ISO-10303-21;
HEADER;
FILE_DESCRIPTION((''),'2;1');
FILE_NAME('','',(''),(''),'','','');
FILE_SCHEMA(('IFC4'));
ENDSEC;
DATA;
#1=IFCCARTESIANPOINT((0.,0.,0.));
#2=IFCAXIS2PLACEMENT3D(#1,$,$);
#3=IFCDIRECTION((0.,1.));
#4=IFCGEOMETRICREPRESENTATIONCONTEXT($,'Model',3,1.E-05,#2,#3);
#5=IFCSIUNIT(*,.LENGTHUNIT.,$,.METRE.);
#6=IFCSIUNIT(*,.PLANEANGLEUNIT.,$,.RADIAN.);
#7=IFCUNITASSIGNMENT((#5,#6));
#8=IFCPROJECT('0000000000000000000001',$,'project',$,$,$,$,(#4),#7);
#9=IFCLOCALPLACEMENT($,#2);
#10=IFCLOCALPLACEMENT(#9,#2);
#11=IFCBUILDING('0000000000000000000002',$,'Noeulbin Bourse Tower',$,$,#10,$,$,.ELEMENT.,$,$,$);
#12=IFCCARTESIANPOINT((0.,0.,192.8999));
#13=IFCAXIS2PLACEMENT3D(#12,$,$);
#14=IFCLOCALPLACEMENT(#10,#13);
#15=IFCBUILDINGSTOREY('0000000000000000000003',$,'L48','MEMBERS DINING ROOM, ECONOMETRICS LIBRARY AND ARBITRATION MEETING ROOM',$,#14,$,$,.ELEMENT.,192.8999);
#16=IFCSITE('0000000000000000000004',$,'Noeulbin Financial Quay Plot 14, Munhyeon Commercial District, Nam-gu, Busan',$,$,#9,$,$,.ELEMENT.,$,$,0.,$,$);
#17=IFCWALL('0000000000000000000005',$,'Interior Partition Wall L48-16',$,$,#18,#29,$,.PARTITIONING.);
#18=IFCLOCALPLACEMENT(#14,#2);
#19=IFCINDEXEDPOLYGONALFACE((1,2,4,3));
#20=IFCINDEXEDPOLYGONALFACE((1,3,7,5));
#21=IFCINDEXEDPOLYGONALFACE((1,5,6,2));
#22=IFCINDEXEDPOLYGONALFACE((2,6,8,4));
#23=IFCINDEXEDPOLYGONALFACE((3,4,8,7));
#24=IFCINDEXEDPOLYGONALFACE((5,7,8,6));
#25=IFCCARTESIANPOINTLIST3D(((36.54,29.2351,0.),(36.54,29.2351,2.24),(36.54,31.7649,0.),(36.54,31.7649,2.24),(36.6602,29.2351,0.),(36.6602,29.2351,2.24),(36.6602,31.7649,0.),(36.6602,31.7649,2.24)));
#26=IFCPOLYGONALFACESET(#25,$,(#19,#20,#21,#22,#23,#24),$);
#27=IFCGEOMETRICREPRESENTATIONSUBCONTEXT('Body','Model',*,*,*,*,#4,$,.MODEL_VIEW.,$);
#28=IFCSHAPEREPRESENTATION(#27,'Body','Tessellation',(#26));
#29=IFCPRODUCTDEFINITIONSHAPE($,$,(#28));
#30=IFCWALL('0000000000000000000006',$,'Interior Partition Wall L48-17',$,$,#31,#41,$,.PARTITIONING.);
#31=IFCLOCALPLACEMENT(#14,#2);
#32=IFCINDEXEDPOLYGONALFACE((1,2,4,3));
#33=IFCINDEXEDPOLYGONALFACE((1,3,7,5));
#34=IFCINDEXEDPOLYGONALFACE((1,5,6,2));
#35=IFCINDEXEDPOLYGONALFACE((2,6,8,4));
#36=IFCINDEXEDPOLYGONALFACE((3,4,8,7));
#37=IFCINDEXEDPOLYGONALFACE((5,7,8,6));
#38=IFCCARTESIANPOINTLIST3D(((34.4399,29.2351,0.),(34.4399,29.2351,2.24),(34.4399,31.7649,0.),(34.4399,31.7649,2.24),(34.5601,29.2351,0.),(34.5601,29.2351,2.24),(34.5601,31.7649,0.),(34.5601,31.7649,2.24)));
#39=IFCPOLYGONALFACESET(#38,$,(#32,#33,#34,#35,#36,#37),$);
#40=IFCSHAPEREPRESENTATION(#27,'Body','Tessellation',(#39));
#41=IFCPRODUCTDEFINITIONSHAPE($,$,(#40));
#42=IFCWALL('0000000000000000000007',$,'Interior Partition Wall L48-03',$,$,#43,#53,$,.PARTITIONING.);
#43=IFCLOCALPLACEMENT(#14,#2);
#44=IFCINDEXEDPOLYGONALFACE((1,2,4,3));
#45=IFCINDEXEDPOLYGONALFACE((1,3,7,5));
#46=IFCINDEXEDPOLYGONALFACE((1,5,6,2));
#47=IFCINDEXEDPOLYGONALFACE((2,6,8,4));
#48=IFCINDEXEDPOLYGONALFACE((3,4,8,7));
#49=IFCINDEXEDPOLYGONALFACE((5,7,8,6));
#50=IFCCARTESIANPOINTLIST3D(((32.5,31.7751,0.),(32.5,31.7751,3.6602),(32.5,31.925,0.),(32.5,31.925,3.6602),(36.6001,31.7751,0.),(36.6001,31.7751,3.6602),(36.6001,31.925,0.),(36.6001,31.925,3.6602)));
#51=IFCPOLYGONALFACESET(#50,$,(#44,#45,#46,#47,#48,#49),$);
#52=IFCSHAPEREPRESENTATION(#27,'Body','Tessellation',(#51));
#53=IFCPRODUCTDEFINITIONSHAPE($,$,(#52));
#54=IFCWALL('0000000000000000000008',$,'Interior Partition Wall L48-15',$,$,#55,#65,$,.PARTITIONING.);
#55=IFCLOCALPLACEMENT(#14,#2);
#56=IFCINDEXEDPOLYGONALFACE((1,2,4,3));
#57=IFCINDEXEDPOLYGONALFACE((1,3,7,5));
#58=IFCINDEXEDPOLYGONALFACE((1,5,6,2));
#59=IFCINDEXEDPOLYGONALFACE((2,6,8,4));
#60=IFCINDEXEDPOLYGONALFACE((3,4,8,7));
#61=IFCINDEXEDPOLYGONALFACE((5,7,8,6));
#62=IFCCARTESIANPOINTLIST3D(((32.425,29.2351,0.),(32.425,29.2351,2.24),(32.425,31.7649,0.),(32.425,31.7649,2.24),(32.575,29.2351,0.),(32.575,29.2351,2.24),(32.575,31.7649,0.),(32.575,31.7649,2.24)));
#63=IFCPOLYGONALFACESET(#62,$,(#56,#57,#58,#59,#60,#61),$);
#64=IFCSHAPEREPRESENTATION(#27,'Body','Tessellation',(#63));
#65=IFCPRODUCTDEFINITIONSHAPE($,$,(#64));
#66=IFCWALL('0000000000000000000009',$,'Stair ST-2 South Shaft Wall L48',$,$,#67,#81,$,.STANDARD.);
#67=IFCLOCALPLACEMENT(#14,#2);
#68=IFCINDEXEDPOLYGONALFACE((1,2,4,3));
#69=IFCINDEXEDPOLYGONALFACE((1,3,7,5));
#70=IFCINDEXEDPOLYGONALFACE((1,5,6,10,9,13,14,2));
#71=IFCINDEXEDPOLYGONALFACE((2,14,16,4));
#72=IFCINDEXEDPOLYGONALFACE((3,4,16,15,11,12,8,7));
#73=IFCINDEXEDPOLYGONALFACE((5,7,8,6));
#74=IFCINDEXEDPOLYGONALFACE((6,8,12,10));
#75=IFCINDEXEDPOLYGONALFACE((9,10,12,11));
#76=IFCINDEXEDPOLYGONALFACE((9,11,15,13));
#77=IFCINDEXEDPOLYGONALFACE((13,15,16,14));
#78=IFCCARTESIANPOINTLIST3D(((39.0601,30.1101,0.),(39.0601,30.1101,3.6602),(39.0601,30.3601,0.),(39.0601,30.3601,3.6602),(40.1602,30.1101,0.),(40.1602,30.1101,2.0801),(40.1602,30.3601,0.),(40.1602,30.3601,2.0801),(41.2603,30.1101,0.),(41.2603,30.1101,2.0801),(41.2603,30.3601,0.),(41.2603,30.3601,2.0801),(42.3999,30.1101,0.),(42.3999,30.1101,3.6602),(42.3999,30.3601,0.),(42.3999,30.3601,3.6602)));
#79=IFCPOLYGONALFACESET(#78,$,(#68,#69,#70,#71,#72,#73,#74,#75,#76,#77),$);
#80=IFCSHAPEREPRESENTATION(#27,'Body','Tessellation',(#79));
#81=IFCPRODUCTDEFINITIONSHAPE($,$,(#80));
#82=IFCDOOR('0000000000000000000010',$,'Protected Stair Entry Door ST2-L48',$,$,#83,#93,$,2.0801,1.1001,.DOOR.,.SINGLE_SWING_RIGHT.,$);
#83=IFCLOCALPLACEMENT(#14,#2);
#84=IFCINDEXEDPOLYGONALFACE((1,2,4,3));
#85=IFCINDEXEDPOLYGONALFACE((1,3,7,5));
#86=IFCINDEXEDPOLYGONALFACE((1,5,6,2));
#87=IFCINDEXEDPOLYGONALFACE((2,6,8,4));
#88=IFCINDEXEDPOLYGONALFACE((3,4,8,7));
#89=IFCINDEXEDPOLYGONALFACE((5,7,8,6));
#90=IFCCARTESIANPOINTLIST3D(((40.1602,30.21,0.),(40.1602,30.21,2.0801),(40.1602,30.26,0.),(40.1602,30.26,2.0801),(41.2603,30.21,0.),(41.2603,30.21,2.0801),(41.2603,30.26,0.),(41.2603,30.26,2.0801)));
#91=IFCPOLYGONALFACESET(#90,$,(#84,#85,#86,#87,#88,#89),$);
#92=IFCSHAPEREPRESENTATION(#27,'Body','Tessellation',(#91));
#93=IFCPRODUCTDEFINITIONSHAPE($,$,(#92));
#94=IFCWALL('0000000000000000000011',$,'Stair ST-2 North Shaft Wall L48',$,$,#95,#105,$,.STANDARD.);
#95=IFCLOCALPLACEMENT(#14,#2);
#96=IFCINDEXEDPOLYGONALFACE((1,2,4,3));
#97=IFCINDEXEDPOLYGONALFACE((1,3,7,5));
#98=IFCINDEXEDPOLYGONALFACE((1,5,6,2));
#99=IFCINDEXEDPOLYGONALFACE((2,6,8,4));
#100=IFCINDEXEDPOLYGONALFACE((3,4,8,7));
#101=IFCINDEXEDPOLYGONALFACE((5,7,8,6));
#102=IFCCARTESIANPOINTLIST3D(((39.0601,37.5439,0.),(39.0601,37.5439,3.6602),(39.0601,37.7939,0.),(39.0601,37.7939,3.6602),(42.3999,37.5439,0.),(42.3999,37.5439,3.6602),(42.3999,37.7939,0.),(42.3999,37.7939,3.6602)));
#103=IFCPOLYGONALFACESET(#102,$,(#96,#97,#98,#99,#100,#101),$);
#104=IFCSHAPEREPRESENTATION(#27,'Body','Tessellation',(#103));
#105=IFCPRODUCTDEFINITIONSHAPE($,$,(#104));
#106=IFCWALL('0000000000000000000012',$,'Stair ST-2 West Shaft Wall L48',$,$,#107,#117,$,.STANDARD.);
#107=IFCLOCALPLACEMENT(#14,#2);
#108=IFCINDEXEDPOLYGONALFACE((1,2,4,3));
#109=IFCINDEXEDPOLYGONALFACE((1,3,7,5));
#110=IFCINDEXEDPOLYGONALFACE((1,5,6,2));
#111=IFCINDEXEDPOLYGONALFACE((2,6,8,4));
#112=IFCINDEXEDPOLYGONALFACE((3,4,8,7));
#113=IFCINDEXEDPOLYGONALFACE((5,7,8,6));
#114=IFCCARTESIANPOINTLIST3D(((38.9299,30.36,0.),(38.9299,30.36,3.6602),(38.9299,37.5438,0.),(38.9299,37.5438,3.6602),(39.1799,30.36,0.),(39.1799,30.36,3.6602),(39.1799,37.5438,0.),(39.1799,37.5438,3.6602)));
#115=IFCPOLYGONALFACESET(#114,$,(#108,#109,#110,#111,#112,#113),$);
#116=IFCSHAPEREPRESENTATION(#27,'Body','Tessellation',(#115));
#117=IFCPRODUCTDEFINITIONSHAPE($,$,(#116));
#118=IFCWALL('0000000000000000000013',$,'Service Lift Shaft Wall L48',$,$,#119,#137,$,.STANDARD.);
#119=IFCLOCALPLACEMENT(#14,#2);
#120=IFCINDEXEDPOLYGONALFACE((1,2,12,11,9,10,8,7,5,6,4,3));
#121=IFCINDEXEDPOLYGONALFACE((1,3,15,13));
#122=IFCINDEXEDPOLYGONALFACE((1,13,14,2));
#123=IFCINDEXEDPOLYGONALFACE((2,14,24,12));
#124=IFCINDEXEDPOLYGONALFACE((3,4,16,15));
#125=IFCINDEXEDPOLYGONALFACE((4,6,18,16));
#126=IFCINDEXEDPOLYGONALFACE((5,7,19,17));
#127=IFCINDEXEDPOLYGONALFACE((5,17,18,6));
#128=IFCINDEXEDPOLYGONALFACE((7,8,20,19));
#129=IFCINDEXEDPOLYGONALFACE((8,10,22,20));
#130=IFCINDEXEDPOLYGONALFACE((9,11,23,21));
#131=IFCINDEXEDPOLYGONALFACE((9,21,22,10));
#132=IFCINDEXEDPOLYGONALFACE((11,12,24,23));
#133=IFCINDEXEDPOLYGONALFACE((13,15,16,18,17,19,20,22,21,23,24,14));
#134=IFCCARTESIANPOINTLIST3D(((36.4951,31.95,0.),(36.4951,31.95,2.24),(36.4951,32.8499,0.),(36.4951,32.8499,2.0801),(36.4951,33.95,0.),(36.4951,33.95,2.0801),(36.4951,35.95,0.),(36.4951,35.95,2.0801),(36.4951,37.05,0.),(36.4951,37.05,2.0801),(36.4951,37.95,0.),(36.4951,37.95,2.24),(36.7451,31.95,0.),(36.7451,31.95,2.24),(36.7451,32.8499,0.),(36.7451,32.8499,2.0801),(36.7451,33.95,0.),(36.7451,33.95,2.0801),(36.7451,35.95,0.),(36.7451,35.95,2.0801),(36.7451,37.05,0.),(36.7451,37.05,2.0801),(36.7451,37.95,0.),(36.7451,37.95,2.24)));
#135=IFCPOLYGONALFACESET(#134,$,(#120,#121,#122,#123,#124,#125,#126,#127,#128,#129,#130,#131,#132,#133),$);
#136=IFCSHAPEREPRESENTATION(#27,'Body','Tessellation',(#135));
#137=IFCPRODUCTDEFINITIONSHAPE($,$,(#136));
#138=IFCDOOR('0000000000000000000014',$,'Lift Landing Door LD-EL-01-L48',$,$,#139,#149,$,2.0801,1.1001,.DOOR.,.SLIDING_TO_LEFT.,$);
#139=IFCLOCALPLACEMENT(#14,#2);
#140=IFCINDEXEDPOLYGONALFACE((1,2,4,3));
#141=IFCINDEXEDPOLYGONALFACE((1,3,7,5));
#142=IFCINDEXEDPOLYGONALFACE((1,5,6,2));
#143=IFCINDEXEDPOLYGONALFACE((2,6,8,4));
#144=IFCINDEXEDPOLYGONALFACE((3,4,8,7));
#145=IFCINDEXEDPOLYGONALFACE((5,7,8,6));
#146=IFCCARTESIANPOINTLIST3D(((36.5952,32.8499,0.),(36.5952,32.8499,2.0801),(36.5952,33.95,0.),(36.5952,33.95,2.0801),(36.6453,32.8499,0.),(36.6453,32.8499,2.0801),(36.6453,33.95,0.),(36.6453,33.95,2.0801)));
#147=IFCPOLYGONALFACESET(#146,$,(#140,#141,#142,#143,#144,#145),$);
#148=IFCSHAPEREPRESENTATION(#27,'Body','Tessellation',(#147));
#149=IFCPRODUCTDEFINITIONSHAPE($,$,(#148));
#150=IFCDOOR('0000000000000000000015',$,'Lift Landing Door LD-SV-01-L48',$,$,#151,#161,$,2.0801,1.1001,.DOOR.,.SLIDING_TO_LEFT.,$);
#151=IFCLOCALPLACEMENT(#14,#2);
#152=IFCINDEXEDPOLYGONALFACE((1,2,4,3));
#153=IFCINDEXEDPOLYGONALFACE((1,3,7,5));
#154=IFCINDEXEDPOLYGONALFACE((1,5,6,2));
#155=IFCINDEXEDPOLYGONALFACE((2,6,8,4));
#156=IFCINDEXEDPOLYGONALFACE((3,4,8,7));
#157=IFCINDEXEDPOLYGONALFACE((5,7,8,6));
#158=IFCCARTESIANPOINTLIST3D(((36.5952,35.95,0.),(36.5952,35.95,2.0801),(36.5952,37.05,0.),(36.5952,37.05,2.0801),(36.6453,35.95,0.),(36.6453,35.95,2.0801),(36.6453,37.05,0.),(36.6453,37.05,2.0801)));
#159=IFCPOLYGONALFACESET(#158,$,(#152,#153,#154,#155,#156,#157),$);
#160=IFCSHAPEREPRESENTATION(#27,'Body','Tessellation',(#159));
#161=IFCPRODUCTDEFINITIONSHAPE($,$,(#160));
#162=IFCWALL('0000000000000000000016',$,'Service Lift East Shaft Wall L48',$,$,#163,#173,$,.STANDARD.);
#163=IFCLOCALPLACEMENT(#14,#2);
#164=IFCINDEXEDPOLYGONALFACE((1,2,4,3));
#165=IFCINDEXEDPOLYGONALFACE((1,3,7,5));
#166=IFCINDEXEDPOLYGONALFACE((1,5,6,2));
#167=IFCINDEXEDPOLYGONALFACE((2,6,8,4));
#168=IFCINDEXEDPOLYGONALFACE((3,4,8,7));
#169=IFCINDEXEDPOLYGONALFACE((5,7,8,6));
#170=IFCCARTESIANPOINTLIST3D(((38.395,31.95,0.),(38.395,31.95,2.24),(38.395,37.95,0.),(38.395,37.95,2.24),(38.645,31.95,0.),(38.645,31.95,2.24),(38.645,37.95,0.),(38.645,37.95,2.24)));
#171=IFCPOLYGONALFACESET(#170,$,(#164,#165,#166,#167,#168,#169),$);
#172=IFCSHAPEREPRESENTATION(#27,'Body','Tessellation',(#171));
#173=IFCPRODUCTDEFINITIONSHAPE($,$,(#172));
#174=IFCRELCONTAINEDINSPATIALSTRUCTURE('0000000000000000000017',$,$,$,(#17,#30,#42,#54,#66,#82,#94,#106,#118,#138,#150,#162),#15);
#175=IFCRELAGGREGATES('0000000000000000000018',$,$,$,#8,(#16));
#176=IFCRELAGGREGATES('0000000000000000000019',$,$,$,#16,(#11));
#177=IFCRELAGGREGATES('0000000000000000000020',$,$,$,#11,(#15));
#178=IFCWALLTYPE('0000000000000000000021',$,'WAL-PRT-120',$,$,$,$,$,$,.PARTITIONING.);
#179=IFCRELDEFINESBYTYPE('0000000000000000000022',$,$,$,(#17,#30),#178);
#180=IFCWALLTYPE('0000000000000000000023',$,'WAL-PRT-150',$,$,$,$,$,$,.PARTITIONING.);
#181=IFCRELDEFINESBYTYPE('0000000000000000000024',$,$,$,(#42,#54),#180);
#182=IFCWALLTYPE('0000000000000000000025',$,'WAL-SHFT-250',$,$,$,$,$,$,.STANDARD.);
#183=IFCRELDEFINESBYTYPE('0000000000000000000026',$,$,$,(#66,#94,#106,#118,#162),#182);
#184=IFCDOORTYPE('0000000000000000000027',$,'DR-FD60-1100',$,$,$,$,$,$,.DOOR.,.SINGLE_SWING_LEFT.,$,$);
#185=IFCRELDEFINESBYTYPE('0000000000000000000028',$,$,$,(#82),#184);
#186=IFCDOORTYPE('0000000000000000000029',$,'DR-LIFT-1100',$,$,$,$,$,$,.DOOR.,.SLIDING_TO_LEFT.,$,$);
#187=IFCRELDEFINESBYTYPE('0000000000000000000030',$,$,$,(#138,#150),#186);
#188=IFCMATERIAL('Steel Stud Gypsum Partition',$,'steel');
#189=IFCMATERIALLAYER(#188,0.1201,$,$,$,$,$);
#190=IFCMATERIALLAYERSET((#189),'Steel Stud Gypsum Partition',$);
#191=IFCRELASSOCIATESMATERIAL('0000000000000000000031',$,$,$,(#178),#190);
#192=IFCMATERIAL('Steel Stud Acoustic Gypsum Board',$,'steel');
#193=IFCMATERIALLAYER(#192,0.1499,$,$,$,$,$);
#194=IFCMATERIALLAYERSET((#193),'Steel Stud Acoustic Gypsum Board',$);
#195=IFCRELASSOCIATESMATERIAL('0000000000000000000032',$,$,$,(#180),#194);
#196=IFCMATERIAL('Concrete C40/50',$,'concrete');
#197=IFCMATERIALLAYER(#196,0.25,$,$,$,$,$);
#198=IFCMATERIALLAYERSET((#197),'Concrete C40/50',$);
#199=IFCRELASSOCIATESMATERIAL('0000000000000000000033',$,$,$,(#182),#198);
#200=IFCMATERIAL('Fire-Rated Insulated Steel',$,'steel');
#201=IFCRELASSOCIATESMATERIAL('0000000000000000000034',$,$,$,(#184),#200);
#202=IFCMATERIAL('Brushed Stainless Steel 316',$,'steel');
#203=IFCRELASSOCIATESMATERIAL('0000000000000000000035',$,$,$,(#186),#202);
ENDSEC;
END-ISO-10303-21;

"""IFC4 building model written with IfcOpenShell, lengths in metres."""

from ifc_helpers import new_model, si_unit, direction, frame, frame_2d, origin, place, context, subcontext, project, spatial, rectangle, extrude, material, layer, layer_set, type_object, element, fill, save


model = new_model("IFC4")

# Units and contexts
model_context = context("Model", 3, precision=1e-05, world=origin(), true_north=direction((0.0, 1.0)))
body_context = subcontext(model_context, "Body", "Model", "MODEL_VIEW")
ifc_project = project(units=[si_unit("LENGTHUNIT", "METRE"), si_unit("PLANEANGLEUNIT", "RADIAN")], contexts=[model_context])

# Site, building, storey
site_placement = place(None, origin())
site = spatial("IfcSite", under=ifc_project, at=site_placement, Name="Noeulbin Financial Quay Plot 14, Munhyeon Commercial District, Nam-gu, Busan", CompositionType="ELEMENT", RefElevation=0.0)
building_placement = place(site_placement, origin())
building = spatial("IfcBuilding", under=site, at=building_placement, Name="Noeulbin Bourse Tower", CompositionType="ELEMENT")
storey_placement = place(building_placement, frame((0.0, 0.0, 192.8999)))
storey = spatial("IfcBuildingStorey", under=building, at=storey_placement, Name="L48", Description="MEMBERS DINING ROOM, ECONOMETRICS LIBRARY AND ARBITRATION MEETING ROOM", CompositionType="ELEMENT", Elevation=192.8999)

# Walls
ifc_material_1 = material(Name="Concrete C40/50", Category="concrete")
ifc_material_2 = material(Name="Steel Stud Gypsum Partition", Category="steel")
ifc_layer_1 = layer(ifc_material_2, 0.1201)
ifc_layer_set_1 = layer_set([ifc_layer_1], Name="Steel Stud Gypsum Partition")
wall_type_1 = type_object("IfcWallType", Name="WAL-PRT-120", PredefinedType="PARTITIONING", material=ifc_layer_set_1)
for number, where, z_axis, x_axis, name in (
    (1, (36.6001, 29.2351, 0.0), (0.0, 0.0, 1.0), (0.0, 1.0, 0.0), "Interior Partition Wall L48-16"),
    (2, (34.5, 29.2351, 0.0), (0.0, 0.0, 1.0), (0.0, 1.0, 0.0), "Interior Partition Wall L48-17"),
):
    element("IfcWall", number, at=place(storey_placement, frame(where, z_axis=z_axis, x_axis=x_axis)), inside=storey, type_object=wall_type_1, Name=name, PredefinedType="PARTITIONING", context=body_context, shape_type="SweptSolid", body=[
        extrude(rectangle(XDim=2.5298, YDim=0.1201, at=frame_2d((1.2649, 0.0))), origin(), (0.0, 0.0, 1.0), 2.24),
    ])
ifc_material_3 = material(Name="Steel Stud Acoustic Gypsum Board", Category="steel")
ifc_layer_2 = layer(ifc_material_3, 0.1499)
ifc_layer_set_2 = layer_set([ifc_layer_2], Name="Steel Stud Acoustic Gypsum Board")
wall_type_2 = type_object("IfcWallType", Name="WAL-PRT-150", PredefinedType="PARTITIONING", material=ifc_layer_set_2)
wall_1_placement = place(storey_placement, frame((32.5, 31.8501, 0.0), z_axis=(0.0, 0.0, 1.0), x_axis=(1.0, 0.0, 0.0)))
element("IfcWall", 3, at=wall_1_placement, inside=storey, type_object=wall_type_2, Name="Interior Partition Wall L48-03", PredefinedType="PARTITIONING", context=body_context, shape_type="SweptSolid", body=[
    extrude(rectangle(XDim=4.1001, YDim=0.1499, at=frame_2d((2.05, 0.0))), origin(), (0.0, 0.0, 1.0), 3.6602),
])
wall_2_placement = place(storey_placement, frame((32.5, 29.2351, 0.0), z_axis=(0.0, 0.0, 1.0), x_axis=(0.0, 1.0, 0.0)))
element("IfcWall", 4, at=wall_2_placement, inside=storey, type_object=wall_type_2, Name="Interior Partition Wall L48-15", PredefinedType="PARTITIONING", context=body_context, shape_type="SweptSolid", body=[
    extrude(rectangle(XDim=2.5298, YDim=0.1499, at=frame_2d((1.2649, 0.0))), origin(), (0.0, 0.0, 1.0), 2.24),
])

# Wall, opening, door
ifc_layer_3 = layer(ifc_material_1, 0.25)
ifc_layer_set_3 = layer_set([ifc_layer_3], Name="Concrete C40/50")
wall_type_3 = type_object("IfcWallType", Name="WAL-SHFT-250", PredefinedType="STANDARD", material=ifc_layer_set_3)
wall_3_placement = place(storey_placement, frame((39.0601, 30.2351, 0.0), z_axis=(0.0, 0.0, 1.0), x_axis=(1.0, 0.0, 0.0)))
wall_3 = element("IfcWall", 5, at=wall_3_placement, inside=storey, type_object=wall_type_3, Name="Stair ST-2 South Shaft Wall L48", PredefinedType="STANDARD", context=body_context, shape_type="SweptSolid", body=[
    extrude(rectangle(XDim=3.3398, YDim=0.25, at=frame_2d((1.6699, 0.0))), origin(), (0.0, 0.0, 1.0), 3.6602),
])
opening_1_placement = place(wall_3_placement, frame((1.1001, 0.0, 0.0)))
opening_1 = element("IfcOpeningElement", 6, at=opening_1_placement, cuts=wall_3, PredefinedType="OPENING", context=body_context, shape_type="SweptSolid", body=[
    extrude(rectangle(XDim=1.1001, YDim=2.0801, at=frame_2d((0.55, 1.04))), frame((0.0, 0.135, 0.0), z_axis=(0.0, -1.0, 0.0), x_axis=(1.0, 0.0, 0.0)), (0.0, 0.0, 1.0), 0.27),
])
ifc_material_4 = material(Name="Fire-Rated Insulated Steel", Category="steel")
door_type_1 = type_object("IfcDoorType", Name="DR-FD60-1100", OperationType="SINGLE_SWING_LEFT", PredefinedType="DOOR", material=ifc_material_4)
door_1_placement = place(opening_1_placement, origin())
door_1 = element("IfcDoor", 7, at=door_1_placement, inside=storey, type_object=door_type_1, Name="Protected Stair Entry Door ST2-L48", OperationType="SINGLE_SWING_RIGHT", OverallHeight=2.0801, OverallWidth=1.1001, PredefinedType="DOOR", context=body_context, shape_type="SweptSolid", body=[
    extrude(rectangle(XDim=1.1001, YDim=2.0801, at=frame_2d((0.55, 1.04))), frame((0.0, 0.0249, 0.0), z_axis=(0.0, -1.0, 0.0), x_axis=(1.0, 0.0, 0.0)), (0.0, 0.0, 1.0), 0.05),
])
fill(opening_1, door_1)

# Walls
wall_4_placement = place(storey_placement, frame((39.0601, 37.6689, 0.0), z_axis=(0.0, 0.0, 1.0), x_axis=(1.0, 0.0, 0.0)))
element("IfcWall", 8, at=wall_4_placement, inside=storey, type_object=wall_type_3, Name="Stair ST-2 North Shaft Wall L48", PredefinedType="STANDARD", context=body_context, shape_type="SweptSolid", body=[
    extrude(rectangle(XDim=3.3398, YDim=0.25, at=frame_2d((1.6699, 0.0))), origin(), (0.0, 0.0, 1.0), 3.6602),
])
wall_5_placement = place(storey_placement, frame((39.0549, 30.3601, 0.0), z_axis=(0.0, 0.0, 1.0), x_axis=(0.0, 1.0, 0.0)))
element("IfcWall", 9, at=wall_5_placement, inside=storey, type_object=wall_type_3, Name="Stair ST-2 West Shaft Wall L48", PredefinedType="STANDARD", context=body_context, shape_type="SweptSolid", body=[
    extrude(rectangle(XDim=7.1838, YDim=0.25, at=frame_2d((3.5918, 0.0))), origin(), (0.0, 0.0, 1.0), 3.6602),
])

# Wall, openings, doors
wall_6_placement = place(storey_placement, frame((36.6201, 31.95, 0.0), z_axis=(0.0, 0.0, 1.0), x_axis=(0.0, 1.0, 0.0)))
wall_6 = element("IfcWall", 10, at=wall_6_placement, inside=storey, type_object=wall_type_3, Name="Service Lift Shaft Wall L48", PredefinedType="STANDARD", context=body_context, shape_type="SweptSolid", body=[
    extrude(rectangle(XDim=6.0, YDim=0.25, at=frame_2d((3.0, 0.0))), origin(), (0.0, 0.0, 1.0), 2.24),
])
opening_2_placement = place(wall_6_placement, frame((0.8999, 0.0, 0.0)))
opening_2 = element("IfcOpeningElement", 11, at=opening_2_placement, cuts=wall_6, PredefinedType="OPENING", context=body_context, shape_type="SweptSolid", body=[
    extrude(rectangle(XDim=1.1001, YDim=2.0801, at=frame_2d((0.55, 1.04))), frame((0.0, 0.135, 0.0), z_axis=(0.0, -1.0, 0.0), x_axis=(1.0, 0.0, 0.0)), (0.0, 0.0, 1.0), 0.27),
])
opening_3_placement = place(wall_6_placement, frame((4.0, 0.0, 0.0)))
opening_3 = element("IfcOpeningElement", 12, at=opening_3_placement, cuts=wall_6, PredefinedType="OPENING", context=body_context, shape_type="SweptSolid", body=[
    extrude(rectangle(XDim=1.1001, YDim=2.0801, at=frame_2d((0.55, 1.04))), frame((0.0, 0.135, 0.0), z_axis=(0.0, -1.0, 0.0), x_axis=(1.0, 0.0, 0.0)), (0.0, 0.0, 1.0), 0.27),
])
ifc_material_5 = material(Name="Brushed Stainless Steel 316", Category="steel")
door_type_2 = type_object("IfcDoorType", Name="DR-LIFT-1100", OperationType="SLIDING_TO_LEFT", PredefinedType="DOOR", material=ifc_material_5)
door_2_placement = place(opening_2_placement, origin())
door_2 = element("IfcDoor", 13, at=door_2_placement, inside=storey, type_object=door_type_2, Name="Lift Landing Door LD-EL-01-L48", OperationType="SLIDING_TO_LEFT", OverallHeight=2.0801, OverallWidth=1.1001, PredefinedType="DOOR", context=body_context, shape_type="SweptSolid", body=[
    extrude(rectangle(XDim=1.1001, YDim=2.0801, at=frame_2d((0.55, 1.04))), frame((0.0, 0.0249, 0.0), z_axis=(0.0, -1.0, 0.0), x_axis=(1.0, 0.0, 0.0)), (0.0, 0.0, 1.0), 0.05),
])
fill(opening_2, door_2)
door_3_placement = place(opening_3_placement, origin())
door_3 = element("IfcDoor", 14, at=door_3_placement, inside=storey, type_object=door_type_2, Name="Lift Landing Door LD-SV-01-L48", OperationType="SLIDING_TO_LEFT", OverallHeight=2.0801, OverallWidth=1.1001, PredefinedType="DOOR", context=body_context, shape_type="SweptSolid", body=[
    extrude(rectangle(XDim=1.1001, YDim=2.0801, at=frame_2d((0.55, 1.04))), frame((0.0, 0.0249, 0.0), z_axis=(0.0, -1.0, 0.0), x_axis=(1.0, 0.0, 0.0)), (0.0, 0.0, 1.0), 0.05),
])
fill(opening_3, door_3)

# Wall
wall_7_placement = place(storey_placement, frame((38.52, 31.95, 0.0), z_axis=(0.0, 0.0, 1.0), x_axis=(0.0, 1.0, 0.0)))
element("IfcWall", 15, at=wall_7_placement, inside=storey, type_object=wall_type_3, Name="Service Lift East Shaft Wall L48", PredefinedType="STANDARD", context=body_context, shape_type="SweptSolid", body=[
    extrude(rectangle(XDim=6.0, YDim=0.25, at=frame_2d((3.0, 0.0))), origin(), (0.0, 0.0, 1.0), 2.24),
])

save(model, "model.ifc")
